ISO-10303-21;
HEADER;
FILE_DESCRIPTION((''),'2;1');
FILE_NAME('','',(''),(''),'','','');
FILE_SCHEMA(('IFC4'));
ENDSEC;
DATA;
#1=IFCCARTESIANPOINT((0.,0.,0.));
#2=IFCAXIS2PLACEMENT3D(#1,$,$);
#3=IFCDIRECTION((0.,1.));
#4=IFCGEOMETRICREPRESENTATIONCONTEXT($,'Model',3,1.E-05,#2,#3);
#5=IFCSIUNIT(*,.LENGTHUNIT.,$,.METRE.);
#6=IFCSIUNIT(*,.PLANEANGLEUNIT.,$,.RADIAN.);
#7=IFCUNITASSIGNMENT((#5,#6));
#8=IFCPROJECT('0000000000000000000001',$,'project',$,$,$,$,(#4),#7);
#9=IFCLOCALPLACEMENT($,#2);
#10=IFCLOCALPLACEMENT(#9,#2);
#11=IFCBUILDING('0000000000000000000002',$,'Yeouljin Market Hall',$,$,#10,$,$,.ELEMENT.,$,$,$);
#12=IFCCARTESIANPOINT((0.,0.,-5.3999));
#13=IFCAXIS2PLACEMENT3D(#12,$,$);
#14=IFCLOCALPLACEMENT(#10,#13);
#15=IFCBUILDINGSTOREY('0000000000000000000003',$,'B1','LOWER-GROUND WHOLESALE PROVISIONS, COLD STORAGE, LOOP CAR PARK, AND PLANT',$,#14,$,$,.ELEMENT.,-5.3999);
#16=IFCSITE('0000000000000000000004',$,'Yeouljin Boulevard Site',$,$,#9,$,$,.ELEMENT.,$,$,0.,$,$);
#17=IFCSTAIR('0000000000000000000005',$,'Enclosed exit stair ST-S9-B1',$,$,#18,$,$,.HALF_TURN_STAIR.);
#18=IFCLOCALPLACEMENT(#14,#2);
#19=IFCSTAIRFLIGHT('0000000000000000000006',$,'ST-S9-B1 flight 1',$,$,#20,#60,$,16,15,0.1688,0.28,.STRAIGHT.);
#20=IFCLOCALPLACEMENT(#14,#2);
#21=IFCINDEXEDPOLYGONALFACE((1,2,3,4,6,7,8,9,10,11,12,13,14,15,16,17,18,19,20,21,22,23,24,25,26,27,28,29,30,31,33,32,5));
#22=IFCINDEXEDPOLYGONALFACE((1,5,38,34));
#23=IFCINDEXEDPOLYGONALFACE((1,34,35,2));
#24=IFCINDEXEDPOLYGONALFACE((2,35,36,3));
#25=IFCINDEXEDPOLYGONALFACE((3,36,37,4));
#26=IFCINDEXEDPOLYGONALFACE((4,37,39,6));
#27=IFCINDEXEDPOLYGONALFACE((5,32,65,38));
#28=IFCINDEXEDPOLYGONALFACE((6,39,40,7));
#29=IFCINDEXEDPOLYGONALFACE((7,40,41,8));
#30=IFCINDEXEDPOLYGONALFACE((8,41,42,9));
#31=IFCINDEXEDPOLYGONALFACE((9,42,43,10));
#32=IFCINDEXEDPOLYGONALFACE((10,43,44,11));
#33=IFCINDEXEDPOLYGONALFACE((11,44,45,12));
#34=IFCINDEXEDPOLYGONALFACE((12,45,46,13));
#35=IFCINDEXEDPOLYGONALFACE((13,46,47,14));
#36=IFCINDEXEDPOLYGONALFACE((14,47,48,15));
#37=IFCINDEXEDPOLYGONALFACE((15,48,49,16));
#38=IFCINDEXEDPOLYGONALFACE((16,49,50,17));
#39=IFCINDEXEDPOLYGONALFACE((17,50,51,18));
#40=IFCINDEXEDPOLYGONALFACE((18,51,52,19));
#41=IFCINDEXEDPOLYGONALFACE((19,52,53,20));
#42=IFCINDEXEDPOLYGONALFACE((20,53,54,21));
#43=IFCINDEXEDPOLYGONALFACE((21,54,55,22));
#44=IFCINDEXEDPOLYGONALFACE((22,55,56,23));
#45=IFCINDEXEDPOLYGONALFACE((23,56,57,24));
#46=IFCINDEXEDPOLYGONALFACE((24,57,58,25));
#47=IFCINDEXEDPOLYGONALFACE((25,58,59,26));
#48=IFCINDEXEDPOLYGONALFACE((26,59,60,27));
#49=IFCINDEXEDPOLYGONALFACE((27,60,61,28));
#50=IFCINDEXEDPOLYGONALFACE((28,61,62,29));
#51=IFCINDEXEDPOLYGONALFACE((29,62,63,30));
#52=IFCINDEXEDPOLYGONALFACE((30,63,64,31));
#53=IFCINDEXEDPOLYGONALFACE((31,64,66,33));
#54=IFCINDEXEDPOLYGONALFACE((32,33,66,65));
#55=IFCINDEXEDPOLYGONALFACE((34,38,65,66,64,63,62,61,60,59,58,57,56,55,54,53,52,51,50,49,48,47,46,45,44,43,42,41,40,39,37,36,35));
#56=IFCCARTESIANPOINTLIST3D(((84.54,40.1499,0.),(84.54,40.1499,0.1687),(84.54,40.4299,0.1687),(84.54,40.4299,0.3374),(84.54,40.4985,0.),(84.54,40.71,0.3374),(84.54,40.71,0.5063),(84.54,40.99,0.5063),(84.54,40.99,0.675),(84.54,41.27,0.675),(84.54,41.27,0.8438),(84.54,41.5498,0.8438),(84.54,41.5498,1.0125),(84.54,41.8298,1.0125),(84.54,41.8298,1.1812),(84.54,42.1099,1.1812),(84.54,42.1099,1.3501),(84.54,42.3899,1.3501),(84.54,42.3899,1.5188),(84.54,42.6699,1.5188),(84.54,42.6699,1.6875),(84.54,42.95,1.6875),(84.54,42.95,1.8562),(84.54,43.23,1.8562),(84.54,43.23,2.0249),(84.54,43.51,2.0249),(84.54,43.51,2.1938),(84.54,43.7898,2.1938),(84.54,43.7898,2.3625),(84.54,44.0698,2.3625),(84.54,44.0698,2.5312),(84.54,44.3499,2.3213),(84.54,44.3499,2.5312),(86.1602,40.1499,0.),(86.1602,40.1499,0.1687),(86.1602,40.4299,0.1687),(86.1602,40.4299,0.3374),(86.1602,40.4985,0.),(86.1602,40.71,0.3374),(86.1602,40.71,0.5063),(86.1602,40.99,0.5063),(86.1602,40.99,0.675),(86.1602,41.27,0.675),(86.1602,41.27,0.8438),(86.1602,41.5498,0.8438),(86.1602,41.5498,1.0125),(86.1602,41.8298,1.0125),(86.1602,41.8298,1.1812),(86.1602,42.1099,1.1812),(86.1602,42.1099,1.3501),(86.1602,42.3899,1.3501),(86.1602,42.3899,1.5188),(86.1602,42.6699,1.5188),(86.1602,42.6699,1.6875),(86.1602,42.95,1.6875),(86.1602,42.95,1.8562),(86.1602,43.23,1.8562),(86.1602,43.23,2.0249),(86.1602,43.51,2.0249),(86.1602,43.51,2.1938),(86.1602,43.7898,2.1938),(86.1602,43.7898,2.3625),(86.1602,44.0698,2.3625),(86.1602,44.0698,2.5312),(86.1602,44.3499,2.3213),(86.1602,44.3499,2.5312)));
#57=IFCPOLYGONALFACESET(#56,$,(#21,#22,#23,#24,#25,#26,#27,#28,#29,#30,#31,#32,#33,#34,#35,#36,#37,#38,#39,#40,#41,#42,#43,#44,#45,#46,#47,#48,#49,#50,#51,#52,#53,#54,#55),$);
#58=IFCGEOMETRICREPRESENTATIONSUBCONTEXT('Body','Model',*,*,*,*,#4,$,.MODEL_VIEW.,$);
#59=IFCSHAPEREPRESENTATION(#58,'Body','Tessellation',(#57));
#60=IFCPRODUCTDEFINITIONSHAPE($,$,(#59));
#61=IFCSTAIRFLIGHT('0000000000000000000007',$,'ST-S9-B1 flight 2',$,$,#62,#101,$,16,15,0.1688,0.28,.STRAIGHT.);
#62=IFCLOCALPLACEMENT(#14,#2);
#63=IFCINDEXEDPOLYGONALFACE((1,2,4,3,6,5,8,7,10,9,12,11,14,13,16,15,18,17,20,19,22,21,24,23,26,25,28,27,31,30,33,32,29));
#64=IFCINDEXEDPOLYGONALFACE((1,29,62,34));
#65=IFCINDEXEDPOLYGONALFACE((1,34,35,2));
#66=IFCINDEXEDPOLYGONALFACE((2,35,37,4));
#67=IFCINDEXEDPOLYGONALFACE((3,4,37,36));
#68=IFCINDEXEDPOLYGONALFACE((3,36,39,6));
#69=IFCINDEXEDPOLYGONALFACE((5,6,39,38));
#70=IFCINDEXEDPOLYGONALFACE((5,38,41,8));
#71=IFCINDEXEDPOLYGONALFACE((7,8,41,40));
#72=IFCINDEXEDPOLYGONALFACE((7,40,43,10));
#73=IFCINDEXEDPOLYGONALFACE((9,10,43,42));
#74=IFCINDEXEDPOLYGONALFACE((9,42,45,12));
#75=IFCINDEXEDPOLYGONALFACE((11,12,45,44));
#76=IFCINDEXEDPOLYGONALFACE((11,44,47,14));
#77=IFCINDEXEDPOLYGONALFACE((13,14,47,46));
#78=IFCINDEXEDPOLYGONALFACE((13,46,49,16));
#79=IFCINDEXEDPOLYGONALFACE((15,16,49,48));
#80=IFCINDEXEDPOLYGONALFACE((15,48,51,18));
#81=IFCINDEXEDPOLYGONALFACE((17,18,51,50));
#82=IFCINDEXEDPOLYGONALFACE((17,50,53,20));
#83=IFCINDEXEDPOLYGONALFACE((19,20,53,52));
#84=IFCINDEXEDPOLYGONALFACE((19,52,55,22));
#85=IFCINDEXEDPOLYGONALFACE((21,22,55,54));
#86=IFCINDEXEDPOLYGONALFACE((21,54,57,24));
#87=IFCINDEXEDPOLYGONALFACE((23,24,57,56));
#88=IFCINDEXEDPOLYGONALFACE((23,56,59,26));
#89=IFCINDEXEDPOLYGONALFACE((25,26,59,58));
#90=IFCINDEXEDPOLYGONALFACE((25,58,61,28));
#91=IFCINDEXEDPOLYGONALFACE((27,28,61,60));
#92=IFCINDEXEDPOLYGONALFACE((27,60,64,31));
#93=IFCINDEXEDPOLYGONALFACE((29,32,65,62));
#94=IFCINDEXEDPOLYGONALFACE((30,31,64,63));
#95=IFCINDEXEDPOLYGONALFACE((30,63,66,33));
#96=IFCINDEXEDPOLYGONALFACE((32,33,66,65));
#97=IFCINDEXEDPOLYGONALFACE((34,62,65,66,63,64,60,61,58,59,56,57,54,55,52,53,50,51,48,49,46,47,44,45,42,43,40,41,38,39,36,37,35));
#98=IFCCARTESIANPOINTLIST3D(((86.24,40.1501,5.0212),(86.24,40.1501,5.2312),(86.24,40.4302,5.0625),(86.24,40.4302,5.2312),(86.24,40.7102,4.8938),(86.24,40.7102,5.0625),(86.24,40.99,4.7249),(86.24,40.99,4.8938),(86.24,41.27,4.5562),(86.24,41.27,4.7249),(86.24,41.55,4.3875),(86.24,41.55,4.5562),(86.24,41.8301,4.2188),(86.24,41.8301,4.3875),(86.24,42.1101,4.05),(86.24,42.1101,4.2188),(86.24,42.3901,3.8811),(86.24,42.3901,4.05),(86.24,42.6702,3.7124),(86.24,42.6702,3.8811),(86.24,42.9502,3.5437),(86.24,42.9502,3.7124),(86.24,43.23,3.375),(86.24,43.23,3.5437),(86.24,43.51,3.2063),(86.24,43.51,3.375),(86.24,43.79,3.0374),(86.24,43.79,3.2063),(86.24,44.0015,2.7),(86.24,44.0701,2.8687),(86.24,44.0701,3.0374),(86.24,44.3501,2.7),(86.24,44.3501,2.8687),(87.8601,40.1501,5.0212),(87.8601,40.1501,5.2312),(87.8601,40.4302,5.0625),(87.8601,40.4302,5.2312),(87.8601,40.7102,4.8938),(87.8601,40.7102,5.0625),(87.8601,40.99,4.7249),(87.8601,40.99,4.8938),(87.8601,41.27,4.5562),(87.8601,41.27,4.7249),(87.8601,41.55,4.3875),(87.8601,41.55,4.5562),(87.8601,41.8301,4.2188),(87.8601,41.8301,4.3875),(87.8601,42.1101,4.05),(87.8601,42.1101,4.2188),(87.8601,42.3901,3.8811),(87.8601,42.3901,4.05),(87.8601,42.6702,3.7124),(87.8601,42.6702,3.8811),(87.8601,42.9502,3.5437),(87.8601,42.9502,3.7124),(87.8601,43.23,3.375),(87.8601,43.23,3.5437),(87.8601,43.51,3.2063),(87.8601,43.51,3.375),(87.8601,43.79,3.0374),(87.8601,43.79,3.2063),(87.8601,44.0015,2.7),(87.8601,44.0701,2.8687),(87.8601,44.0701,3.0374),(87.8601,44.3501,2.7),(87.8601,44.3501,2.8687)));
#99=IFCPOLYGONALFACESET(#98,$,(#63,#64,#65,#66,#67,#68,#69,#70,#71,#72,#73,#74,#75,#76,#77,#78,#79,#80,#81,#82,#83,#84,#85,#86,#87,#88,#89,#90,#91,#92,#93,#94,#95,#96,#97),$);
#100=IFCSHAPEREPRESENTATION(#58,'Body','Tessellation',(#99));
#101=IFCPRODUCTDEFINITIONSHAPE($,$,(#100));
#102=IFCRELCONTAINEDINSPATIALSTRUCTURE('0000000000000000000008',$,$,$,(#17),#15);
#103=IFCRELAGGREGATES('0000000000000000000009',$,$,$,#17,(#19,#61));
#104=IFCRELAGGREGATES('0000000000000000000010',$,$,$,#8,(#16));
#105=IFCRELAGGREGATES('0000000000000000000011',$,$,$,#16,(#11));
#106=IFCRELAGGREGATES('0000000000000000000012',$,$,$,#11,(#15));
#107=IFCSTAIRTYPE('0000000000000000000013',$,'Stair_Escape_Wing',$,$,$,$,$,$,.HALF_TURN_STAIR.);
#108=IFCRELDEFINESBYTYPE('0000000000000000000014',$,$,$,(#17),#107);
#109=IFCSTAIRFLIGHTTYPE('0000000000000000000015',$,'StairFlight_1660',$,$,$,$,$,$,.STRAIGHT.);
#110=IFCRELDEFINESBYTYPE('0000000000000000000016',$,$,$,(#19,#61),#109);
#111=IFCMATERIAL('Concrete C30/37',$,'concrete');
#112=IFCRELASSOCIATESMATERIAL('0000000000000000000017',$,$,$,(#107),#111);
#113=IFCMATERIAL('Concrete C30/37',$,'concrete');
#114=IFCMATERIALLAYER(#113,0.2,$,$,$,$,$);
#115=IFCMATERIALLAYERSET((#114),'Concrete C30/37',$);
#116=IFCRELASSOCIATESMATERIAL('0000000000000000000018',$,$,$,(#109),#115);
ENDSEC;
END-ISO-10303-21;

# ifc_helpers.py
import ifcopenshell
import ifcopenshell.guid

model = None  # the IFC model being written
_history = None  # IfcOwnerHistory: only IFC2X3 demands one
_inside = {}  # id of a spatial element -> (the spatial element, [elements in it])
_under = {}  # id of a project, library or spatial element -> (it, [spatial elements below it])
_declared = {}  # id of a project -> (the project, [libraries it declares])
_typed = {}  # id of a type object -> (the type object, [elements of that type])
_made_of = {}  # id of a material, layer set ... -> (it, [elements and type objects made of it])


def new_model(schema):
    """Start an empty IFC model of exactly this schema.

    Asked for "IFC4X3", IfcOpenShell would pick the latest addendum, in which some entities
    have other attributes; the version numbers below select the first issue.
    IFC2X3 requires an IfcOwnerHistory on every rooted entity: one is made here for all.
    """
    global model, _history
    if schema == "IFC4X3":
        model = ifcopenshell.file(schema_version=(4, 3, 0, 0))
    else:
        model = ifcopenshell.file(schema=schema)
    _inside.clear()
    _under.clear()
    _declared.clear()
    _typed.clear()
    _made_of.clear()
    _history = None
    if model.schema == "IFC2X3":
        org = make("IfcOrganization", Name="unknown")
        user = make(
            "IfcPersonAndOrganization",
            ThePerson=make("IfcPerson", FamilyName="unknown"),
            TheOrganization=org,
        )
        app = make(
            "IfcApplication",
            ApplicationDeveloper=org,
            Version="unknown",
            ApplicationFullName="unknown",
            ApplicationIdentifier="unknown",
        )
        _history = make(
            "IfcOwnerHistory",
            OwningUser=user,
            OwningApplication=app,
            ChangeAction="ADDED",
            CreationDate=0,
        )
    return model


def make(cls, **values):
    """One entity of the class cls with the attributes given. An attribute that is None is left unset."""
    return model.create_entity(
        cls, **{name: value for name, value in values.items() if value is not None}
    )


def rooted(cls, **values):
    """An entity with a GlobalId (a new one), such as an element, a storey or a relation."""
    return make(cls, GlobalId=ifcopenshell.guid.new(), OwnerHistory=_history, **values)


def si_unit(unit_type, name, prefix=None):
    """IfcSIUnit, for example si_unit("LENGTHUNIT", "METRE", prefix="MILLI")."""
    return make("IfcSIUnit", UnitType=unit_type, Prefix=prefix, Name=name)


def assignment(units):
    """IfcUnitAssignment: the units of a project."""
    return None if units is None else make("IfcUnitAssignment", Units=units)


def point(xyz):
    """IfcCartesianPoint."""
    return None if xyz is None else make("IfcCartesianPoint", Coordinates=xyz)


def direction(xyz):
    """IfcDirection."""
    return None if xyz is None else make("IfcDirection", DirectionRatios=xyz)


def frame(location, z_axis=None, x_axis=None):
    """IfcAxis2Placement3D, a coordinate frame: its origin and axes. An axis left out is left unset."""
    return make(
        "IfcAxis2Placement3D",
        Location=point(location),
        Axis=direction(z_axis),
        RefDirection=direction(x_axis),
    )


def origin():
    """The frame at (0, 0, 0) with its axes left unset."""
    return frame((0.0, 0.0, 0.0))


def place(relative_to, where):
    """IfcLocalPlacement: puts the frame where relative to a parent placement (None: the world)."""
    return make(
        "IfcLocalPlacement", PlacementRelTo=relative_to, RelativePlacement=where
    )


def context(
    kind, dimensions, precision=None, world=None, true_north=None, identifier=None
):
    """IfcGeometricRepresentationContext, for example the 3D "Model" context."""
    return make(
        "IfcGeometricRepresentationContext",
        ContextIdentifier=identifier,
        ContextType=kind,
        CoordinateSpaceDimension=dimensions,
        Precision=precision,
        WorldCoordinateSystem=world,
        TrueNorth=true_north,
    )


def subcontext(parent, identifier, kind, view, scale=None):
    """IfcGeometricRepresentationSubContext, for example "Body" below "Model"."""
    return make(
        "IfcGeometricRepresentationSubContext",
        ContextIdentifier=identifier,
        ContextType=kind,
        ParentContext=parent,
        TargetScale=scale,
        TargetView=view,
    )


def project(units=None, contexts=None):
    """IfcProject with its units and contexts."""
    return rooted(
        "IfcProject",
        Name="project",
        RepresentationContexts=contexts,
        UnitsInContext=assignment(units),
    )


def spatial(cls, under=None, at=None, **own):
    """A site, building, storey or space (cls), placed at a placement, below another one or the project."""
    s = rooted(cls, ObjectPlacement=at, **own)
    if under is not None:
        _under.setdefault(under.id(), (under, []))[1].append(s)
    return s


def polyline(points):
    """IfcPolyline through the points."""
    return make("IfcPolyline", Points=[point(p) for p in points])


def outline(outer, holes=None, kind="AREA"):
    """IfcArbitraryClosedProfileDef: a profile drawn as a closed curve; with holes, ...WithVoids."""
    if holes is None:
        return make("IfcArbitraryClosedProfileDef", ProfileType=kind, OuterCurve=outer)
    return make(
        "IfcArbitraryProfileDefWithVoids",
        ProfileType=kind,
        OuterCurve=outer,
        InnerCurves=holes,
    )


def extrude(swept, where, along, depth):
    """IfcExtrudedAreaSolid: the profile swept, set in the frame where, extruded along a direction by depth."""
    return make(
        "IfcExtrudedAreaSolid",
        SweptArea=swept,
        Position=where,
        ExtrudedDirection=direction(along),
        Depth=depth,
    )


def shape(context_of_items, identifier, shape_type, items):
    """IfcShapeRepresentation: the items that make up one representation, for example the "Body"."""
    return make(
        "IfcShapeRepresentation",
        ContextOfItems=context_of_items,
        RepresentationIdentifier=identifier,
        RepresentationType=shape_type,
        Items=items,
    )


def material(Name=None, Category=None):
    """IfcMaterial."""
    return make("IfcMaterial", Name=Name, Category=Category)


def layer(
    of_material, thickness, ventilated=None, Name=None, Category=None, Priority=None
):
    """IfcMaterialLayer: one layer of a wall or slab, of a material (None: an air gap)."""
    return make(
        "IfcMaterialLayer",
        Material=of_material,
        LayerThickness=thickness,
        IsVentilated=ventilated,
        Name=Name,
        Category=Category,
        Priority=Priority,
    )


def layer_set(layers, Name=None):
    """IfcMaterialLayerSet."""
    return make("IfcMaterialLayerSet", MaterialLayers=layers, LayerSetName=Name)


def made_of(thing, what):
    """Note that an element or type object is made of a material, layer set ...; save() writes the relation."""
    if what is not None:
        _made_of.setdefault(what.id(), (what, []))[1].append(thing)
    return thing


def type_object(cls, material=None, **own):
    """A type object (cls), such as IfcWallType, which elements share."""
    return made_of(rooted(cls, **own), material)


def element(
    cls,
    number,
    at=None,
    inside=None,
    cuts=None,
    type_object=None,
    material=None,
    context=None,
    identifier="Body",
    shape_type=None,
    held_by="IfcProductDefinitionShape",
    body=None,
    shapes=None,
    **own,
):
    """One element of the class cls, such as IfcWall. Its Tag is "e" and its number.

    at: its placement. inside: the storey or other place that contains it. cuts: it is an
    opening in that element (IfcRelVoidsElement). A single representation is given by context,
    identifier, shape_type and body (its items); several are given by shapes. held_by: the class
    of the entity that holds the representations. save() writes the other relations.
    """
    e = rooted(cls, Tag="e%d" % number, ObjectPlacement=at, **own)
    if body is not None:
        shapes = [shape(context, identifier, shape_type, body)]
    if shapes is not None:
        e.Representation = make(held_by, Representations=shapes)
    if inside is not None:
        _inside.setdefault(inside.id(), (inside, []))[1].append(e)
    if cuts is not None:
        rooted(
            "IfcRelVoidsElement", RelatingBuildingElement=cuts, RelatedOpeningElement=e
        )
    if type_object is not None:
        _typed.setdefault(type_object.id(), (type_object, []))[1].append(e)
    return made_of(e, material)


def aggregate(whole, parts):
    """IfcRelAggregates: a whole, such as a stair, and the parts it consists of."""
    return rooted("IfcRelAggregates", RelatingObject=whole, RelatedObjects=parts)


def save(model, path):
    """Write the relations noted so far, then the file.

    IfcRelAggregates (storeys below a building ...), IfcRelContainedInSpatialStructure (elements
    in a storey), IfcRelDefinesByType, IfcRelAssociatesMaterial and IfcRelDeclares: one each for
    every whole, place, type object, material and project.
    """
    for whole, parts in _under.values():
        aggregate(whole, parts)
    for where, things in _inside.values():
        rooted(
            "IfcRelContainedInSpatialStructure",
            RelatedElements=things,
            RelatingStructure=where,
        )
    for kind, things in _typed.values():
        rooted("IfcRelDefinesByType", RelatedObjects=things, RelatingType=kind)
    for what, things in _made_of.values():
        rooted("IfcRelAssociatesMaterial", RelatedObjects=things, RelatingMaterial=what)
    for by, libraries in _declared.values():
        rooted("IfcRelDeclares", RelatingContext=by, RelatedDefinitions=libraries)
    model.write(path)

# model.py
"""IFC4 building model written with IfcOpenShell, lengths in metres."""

from ifc_helpers import new_model, si_unit, direction, frame, origin, place, context, subcontext, project, spatial, polyline, outline, extrude, material, layer, layer_set, type_object, element, aggregate, save


model = new_model("IFC4")

# Units and contexts
model_context = context("Model", 3, precision=1e-05, world=origin(), true_north=direction((0.0, 1.0)))
body_context = subcontext(model_context, "Body", "Model", "MODEL_VIEW")
ifc_project = project(units=[si_unit("LENGTHUNIT", "METRE"), si_unit("PLANEANGLEUNIT", "RADIAN")], contexts=[model_context])

# Site, building, storey
site_placement = place(None, origin())
site = spatial("IfcSite", under=ifc_project, at=site_placement, Name="Yeouljin Boulevard Site", CompositionType="ELEMENT", RefElevation=0.0)
building_placement = place(site_placement, origin())
building = spatial("IfcBuilding", under=site, at=building_placement, Name="Yeouljin Market Hall", CompositionType="ELEMENT")
storey_placement = place(building_placement, frame((0.0, 0.0, -5.3999)))
storey = spatial("IfcBuildingStorey", under=building, at=storey_placement, Name="B1", Description="LOWER-GROUND WHOLESALE PROVISIONS, COLD STORAGE, LOOP CAR PARK, AND PLANT", CompositionType="ELEMENT", Elevation=-5.3999)

# Stair, stair flights
ifc_material_1 = material(Name="Concrete C30/37", Category="concrete")
stair_type = type_object("IfcStairType", Name="Stair_Escape_Wing", PredefinedType="HALF_TURN_STAIR", material=ifc_material_1)
stair_placement = place(storey_placement, origin())
stair = element("IfcStair", 1, at=stair_placement, inside=storey, type_object=stair_type, Name="Enclosed exit stair ST-S9-B1", PredefinedType="HALF_TURN_STAIR")
ifc_material_2 = material(Name="Concrete C30/37", Category="concrete")
ifc_layer_1 = layer(ifc_material_2, 0.2)
ifc_layer_set_1 = layer_set([ifc_layer_1], Name="Concrete C30/37")
stair_flight_type = type_object("IfcStairFlightType", Name="StairFlight_1660", PredefinedType="STRAIGHT", material=ifc_layer_set_1)
stair_flight_1_placement = place(storey_placement, frame((85.3501, 40.1499, 0.0), z_axis=(0.0, 0.0, 1.0), x_axis=(0.0, 1.0, 0.0)))
stair_flight_1 = element("IfcStairFlight", 2, at=stair_flight_1_placement, type_object=stair_flight_type, Name="ST-S9-B1 flight 1", NumberOfRisers=16, NumberOfTreads=15, PredefinedType="STRAIGHT", RiserHeight=0.1688, TreadLength=0.28, context=body_context, shape_type="SweptSolid", body=[
    extrude(outline(polyline([(0.0, 0.0), (0.0, 0.1687), (0.28, 0.1687), (0.28, 0.3374), (0.5601, 0.3374), (0.5601, 0.5063), (0.8401, 0.5063), (0.8401, 0.675), (1.1201, 0.675), (1.1201, 0.8438), (1.3999, 0.8438), (1.3999, 1.0125), (1.6799, 1.0125), (1.6799, 1.1812), (1.96, 1.1812), (1.96, 1.3501), (2.24, 1.3501), (2.24, 1.5188), (2.52, 1.5188), (2.52, 1.6875), (2.8, 1.6875), (2.8, 1.8562), (3.0801, 1.8562), (3.0801, 2.0249), (3.3601, 2.0249), (3.3601, 2.1938), (3.6399, 2.1938), (3.6399, 2.3625), (3.9199, 2.3625), (3.9199, 2.5312), (4.2, 2.5312), (4.2, 2.7), (4.2, 2.3213), (0.3486, 0.0), (0.0, 0.0)])), frame((0.0, 0.8101, 0.0), z_axis=(0.0, -1.0, 0.0), x_axis=(1.0, 0.0, 0.0)), (0.0, 0.0, 1.0), 1.6201),
])
stair_flight_2_placement = place(storey_placement, frame((87.05, 44.3501, 2.7), z_axis=(0.0, 0.0, 1.0), x_axis=(0.0, -1.0, 0.0)))
stair_flight_2 = element("IfcStairFlight", 3, at=stair_flight_2_placement, type_object=stair_flight_type, Name="ST-S9-B1 flight 2", NumberOfRisers=16, NumberOfTreads=15, PredefinedType="STRAIGHT", RiserHeight=0.1688, TreadLength=0.28, context=body_context, shape_type="SweptSolid", body=[
    extrude(outline(polyline([(0.0, 0.0), (0.0, 0.1687), (0.28, 0.1687), (0.28, 0.3374), (0.5601, 0.3374), (0.5601, 0.5063), (0.8401, 0.5063), (0.8401, 0.675), (1.1201, 0.675), (1.1201, 0.8438), (1.3999, 0.8438), (1.3999, 1.0125), (1.6799, 1.0125), (1.6799, 1.1812), (1.96, 1.1812), (1.96, 1.3501), (2.24, 1.3501), (2.24, 1.5188), (2.52, 1.5188), (2.52, 1.6875), (2.8, 1.6875), (2.8, 1.8562), (3.0801, 1.8562), (3.0801, 2.0249), (3.3601, 2.0249), (3.3601, 2.1938), (3.6399, 2.1938), (3.6399, 2.3625), (3.9199, 2.3625), (3.9199, 2.5312), (4.2, 2.5312), (4.2, 2.7), (4.2, 2.3213), (0.3486, 0.0), (0.0, 0.0)])), frame((0.0, 0.8101, 0.0), z_axis=(0.0, -1.0, 0.0), x_axis=(1.0, 0.0, 0.0)), (0.0, 0.0, 1.0), 1.6201),
])
aggregate(stair, [stair_flight_1, stair_flight_2])

save(model, "model.ifc")
